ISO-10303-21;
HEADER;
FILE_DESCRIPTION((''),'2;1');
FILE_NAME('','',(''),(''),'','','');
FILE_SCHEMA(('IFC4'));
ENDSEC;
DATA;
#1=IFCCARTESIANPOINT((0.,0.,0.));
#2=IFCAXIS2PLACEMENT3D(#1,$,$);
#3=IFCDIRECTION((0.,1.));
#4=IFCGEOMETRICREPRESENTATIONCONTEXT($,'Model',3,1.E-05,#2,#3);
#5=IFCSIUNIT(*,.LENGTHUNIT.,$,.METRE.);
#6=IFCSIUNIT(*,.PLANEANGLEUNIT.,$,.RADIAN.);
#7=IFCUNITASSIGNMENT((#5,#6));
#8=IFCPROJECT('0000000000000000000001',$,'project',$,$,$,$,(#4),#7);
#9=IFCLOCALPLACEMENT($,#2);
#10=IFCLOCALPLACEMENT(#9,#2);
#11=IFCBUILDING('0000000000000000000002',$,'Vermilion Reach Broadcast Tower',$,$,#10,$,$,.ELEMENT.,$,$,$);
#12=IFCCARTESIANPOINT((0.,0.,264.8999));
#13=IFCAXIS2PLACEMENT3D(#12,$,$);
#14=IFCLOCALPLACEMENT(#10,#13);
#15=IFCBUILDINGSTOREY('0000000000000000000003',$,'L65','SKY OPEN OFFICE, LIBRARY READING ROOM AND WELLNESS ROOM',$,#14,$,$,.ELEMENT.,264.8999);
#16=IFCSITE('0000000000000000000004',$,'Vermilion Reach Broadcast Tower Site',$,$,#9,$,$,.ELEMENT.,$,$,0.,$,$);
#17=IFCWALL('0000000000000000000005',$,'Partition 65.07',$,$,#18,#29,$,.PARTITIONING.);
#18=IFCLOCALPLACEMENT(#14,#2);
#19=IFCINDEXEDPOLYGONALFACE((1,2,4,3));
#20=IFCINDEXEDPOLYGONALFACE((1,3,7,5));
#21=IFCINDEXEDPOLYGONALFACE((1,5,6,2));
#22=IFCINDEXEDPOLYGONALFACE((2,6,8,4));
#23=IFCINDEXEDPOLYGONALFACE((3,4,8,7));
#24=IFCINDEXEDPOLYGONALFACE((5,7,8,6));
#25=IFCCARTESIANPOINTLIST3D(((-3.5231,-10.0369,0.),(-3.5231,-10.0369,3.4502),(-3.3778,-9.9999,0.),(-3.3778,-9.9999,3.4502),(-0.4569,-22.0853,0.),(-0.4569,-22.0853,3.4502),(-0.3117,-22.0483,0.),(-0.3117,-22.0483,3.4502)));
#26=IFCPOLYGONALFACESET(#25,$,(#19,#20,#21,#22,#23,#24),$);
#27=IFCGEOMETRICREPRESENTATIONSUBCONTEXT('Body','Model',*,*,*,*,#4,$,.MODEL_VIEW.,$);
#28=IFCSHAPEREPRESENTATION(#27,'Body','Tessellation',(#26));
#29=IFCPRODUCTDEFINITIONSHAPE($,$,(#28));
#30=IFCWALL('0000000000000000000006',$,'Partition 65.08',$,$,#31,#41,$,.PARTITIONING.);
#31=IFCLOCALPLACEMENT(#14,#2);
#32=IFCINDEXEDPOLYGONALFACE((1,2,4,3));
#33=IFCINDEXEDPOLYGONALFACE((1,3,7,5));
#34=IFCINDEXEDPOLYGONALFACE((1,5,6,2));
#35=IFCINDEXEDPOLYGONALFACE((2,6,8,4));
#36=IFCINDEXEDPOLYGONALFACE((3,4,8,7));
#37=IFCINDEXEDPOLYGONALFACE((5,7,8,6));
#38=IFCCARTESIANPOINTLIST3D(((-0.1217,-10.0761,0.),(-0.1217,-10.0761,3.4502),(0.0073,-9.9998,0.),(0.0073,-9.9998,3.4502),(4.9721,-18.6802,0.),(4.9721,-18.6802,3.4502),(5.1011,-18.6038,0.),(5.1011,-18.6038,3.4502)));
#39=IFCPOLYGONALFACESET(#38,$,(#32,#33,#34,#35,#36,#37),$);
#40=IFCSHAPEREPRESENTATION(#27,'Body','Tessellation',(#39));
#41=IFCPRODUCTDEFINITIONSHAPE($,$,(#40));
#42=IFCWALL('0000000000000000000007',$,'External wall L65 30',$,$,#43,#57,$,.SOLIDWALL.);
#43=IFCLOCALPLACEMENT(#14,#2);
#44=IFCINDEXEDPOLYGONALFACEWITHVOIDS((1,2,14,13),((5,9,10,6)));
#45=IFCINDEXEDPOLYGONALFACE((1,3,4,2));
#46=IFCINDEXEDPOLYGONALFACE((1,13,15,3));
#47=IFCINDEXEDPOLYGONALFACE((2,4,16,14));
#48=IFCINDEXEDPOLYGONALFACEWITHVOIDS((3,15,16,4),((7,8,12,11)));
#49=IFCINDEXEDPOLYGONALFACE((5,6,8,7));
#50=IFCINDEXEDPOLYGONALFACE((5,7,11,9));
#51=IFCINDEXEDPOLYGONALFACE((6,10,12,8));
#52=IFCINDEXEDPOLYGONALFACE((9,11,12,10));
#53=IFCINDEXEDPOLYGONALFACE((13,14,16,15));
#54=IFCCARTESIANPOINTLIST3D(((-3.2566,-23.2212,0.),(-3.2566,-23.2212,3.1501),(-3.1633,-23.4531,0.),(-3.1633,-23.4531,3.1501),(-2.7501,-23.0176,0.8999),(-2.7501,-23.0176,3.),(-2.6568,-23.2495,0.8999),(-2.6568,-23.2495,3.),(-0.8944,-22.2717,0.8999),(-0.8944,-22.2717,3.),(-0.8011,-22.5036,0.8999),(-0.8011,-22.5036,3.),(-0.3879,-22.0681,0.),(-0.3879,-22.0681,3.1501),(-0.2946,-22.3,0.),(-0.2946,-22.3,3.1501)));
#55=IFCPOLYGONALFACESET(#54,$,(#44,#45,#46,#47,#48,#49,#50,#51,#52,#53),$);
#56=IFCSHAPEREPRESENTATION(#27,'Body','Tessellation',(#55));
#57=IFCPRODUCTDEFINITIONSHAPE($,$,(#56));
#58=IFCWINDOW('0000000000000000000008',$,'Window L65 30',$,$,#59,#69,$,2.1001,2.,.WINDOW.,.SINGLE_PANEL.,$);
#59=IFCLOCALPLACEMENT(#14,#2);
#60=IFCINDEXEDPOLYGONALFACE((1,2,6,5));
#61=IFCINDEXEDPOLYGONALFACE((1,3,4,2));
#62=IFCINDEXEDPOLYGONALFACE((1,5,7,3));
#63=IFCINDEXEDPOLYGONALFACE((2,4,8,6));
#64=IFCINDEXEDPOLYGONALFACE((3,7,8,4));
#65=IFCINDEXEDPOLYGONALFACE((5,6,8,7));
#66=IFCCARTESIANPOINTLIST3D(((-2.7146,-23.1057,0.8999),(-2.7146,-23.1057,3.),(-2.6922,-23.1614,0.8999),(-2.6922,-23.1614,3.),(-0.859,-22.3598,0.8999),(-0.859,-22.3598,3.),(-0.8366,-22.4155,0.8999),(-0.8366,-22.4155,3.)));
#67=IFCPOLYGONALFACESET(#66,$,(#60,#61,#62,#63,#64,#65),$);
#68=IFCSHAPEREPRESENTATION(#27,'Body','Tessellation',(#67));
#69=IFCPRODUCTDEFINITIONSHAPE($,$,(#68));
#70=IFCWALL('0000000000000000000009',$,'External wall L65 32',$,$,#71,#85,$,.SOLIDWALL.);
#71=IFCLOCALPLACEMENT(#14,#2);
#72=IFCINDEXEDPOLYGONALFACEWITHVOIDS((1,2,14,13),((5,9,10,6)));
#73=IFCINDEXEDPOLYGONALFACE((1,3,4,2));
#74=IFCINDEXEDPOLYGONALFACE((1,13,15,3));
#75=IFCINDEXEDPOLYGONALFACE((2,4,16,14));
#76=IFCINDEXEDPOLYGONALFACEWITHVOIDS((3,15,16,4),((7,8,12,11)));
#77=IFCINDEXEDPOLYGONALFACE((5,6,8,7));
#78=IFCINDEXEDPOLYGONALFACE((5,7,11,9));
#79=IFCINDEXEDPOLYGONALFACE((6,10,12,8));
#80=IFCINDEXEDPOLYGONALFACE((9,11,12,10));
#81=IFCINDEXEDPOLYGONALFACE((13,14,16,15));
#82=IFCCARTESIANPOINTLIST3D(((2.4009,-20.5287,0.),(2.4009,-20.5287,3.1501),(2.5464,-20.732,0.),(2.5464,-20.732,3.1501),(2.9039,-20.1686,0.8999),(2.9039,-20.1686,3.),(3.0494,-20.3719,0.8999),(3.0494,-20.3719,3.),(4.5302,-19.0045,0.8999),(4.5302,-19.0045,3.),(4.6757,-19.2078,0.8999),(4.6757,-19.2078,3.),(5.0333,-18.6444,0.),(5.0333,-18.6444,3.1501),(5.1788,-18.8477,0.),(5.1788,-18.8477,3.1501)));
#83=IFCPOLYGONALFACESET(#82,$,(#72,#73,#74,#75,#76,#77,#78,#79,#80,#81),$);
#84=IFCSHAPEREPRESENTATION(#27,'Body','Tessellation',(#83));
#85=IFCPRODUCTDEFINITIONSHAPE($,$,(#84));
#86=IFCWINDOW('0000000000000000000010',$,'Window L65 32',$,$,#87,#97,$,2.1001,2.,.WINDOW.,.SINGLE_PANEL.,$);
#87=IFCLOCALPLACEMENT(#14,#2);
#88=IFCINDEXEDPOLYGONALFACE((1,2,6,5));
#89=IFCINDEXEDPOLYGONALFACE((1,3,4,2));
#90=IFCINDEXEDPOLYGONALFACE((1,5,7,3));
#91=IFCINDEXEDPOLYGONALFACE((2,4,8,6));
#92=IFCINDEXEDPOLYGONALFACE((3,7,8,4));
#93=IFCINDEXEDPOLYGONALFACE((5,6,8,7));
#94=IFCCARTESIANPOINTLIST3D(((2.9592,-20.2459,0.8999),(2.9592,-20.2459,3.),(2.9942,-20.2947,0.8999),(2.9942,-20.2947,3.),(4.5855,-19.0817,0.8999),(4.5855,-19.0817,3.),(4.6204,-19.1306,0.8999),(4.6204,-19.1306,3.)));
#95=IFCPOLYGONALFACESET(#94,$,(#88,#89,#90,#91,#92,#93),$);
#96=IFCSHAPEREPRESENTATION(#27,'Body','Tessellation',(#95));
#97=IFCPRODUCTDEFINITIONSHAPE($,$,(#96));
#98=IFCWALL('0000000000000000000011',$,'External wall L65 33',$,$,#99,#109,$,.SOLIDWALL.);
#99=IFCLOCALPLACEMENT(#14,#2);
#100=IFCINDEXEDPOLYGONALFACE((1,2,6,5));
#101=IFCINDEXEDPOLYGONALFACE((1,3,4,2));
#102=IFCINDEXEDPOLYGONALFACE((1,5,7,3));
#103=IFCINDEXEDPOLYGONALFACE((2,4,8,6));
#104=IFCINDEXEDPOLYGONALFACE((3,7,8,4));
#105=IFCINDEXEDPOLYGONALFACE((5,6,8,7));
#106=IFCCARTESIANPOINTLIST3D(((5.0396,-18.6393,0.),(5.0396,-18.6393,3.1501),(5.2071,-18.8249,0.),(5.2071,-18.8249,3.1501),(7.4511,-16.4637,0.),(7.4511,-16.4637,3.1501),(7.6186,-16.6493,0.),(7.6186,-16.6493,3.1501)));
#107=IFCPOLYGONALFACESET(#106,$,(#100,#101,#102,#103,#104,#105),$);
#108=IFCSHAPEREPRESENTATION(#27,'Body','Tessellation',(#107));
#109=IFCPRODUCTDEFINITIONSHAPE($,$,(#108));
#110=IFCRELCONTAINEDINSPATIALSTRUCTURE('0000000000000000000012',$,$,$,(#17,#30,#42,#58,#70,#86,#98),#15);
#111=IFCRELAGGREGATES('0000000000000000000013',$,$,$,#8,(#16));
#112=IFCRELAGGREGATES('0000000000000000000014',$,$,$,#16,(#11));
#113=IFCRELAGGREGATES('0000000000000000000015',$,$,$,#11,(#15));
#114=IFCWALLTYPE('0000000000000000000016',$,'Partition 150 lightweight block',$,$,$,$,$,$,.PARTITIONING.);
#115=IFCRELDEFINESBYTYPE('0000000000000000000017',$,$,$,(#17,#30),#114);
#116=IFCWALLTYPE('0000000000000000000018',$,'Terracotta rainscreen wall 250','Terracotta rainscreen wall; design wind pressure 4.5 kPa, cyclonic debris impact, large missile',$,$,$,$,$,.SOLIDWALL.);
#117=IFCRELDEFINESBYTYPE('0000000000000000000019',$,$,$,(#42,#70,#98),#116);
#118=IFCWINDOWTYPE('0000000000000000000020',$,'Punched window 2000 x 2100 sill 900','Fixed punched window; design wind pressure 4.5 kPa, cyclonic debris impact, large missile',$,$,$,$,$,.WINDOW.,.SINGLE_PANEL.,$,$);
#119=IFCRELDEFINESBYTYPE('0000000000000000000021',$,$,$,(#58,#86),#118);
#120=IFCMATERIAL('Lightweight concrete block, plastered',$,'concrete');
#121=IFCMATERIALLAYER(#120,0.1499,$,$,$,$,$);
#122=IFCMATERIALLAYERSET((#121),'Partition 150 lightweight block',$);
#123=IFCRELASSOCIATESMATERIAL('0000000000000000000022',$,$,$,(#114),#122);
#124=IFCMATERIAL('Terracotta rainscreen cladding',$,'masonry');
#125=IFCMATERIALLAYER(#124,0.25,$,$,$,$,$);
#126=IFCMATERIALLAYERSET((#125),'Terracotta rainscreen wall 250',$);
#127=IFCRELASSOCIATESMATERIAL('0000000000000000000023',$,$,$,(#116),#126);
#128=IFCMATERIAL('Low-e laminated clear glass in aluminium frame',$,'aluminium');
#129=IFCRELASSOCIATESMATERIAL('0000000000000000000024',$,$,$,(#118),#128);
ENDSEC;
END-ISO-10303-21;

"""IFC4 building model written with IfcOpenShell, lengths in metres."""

from ifc_helpers import new_model, si_unit, direction, frame, frame_2d, origin, place, context, subcontext, project, spatial, rectangle, extrude, material, layer, layer_set, type_object, element, fill, save


model = new_model("IFC4")

# Units and contexts
model_context = context("Model", 3, precision=1e-05, world=origin(), true_north=direction((0.0, 1.0)))
body_context = subcontext(model_context, "Body", "Model", "MODEL_VIEW")
ifc_project = project(units=[si_unit("LENGTHUNIT", "METRE"), si_unit("PLANEANGLEUNIT", "RADIAN")], contexts=[model_context])

# Site, building, storey
site_placement = place(None, origin())
site = spatial("IfcSite", under=ifc_project, at=site_placement, Name="Vermilion Reach Broadcast Tower Site", CompositionType="ELEMENT", RefElevation=0.0)
building_placement = place(site_placement, origin())
building = spatial("IfcBuilding", under=site, at=building_placement, Name="Vermilion Reach Broadcast Tower", CompositionType="ELEMENT")
storey_placement = place(building_placement, frame((0.0, 0.0, 264.8999)))
storey = spatial("IfcBuildingStorey", under=building, at=storey_placement, Name="L65", Description="SKY OPEN OFFICE, LIBRARY READING ROOM AND WELLNESS ROOM", CompositionType="ELEMENT", Elevation=264.8999)

# Walls
ifc_material_1 = material(Name="Lightweight concrete block, plastered", Category="concrete")
ifc_layer_1 = layer(ifc_material_1, 0.1499)
ifc_layer_set_1 = layer_set([ifc_layer_1], Name="Partition 150 lightweight block")
wall_type_1 = type_object("IfcWallType", Name="Partition 150 lightweight block", PredefinedType="PARTITIONING", material=ifc_layer_set_1)
wall_1_placement = place(storey_placement, frame((-0.3843, -22.0669, 0.0), z_axis=(0.0, 0.0, 1.0), x_axis=(-0.246627, 0.96911, 0.0)))
element("IfcWall", 1, at=wall_1_placement, inside=storey, type_object=wall_type_1, Name="Partition 65.07", PredefinedType="PARTITIONING", context=body_context, shape_type="SweptSolid", body=[
    extrude(rectangle(XDim=12.4324, YDim=0.1499, at=frame_2d((6.2163, 0.0))), origin(), (0.0, 0.0, 1.0), 3.4502),
])
wall_2_placement = place(storey_placement, frame((5.0366, -18.6421, 0.0), z_axis=(0.0, 0.0, 1.0), x_axis=(-0.509438, 0.860507, 0.0)))
element("IfcWall", 2, at=wall_2_placement, inside=storey, type_object=wall_type_1, Name="Partition 65.08", PredefinedType="PARTITIONING", context=body_context, shape_type="SweptSolid", body=[
    extrude(rectangle(XDim=9.9988, YDim=0.1499, at=frame_2d((4.9995, 0.0))), origin(), (0.0, 0.0, 1.0), 3.4502),
])

# Wall, opening, window
ifc_material_2 = material(Name="Terracotta rainscreen cladding", Category="masonry")
ifc_layer_2 = layer(ifc_material_2, 0.25)
ifc_layer_set_2 = layer_set([ifc_layer_2], Name="Terracotta rainscreen wall 250")
wall_type_2 = type_object("IfcWallType", Name="Terracotta rainscreen wall 250", Description="Terracotta rainscreen wall; design wind pressure 4.5 kPa, cyclonic debris impact, large missile", PredefinedType="SOLIDWALL", material=ifc_layer_set_2)
wall_3_placement = place(storey_placement, frame((-3.21, -23.3372, 0.0), z_axis=(0.0, 0.0, 1.0), x_axis=(0.927849, 0.372956, 0.0)))
wall_3 = element("IfcWall", 3, at=wall_3_placement, inside=storey, type_object=wall_type_2, Name="External wall L65 30", PredefinedType="SOLIDWALL", context=body_context, shape_type="SweptSolid", body=[
    extrude(rectangle(XDim=3.0918, YDim=0.25, at=frame_2d((1.5459, 0.0))), origin(), (0.0, 0.0, 1.0), 3.1501),
])
opening_1_placement = place(wall_3_placement, frame((0.5459, 0.0, 0.8999)))
opening_1 = element("IfcOpeningElement", 4, at=opening_1_placement, cuts=wall_3, PredefinedType="OPENING", context=body_context, shape_type="SweptSolid", body=[
    extrude(rectangle(XDim=2.0, YDim=2.1001, at=frame_2d((1.0, 1.05))), frame((0.0, 0.135, 0.0), z_axis=(0.0, -1.0, 0.0), x_axis=(1.0, 0.0, 0.0)), (0.0, 0.0, 1.0), 0.27),
])
ifc_material_3 = material(Name="Low-e laminated clear glass in aluminium frame", Category="aluminium")
window_type = type_object("IfcWindowType", Name="Punched window 2000 x 2100 sill 900", Description="Fixed punched window; design wind pressure 4.5 kPa, cyclonic debris impact, large missile", PartitioningType="SINGLE_PANEL", PredefinedType="WINDOW", material=ifc_material_3)
window_1_placement = place(opening_1_placement, origin())
window_1 = element("IfcWindow", 5, at=window_1_placement, inside=storey, type_object=window_type, Name="Window L65 30", OverallHeight=2.1001, OverallWidth=2.0, PartitioningType="SINGLE_PANEL", PredefinedType="WINDOW", context=body_context, shape_type="SweptSolid", body=[
    extrude(rectangle(XDim=2.0, YDim=2.1001, at=frame_2d((1.0, 1.05))), frame((0.0, 0.03, 0.0), z_axis=(0.0, -1.0, 0.0), x_axis=(1.0, 0.0, 0.0)), (0.0, 0.0, 1.0), 0.0601),
])
fill(opening_1, window_1)

# Wall, opening, window
wall_4_placement = place(storey_placement, frame((2.4736, -20.6304, 0.0), z_axis=(0.0, 0.0, 1.0), x_axis=(0.813142, 0.582065, 0.0)))
wall_4 = element("IfcWall", 6, at=wall_4_placement, inside=storey, type_object=wall_type_2, Name="External wall L65 32", PredefinedType="SOLIDWALL", context=body_context, shape_type="SweptSolid", body=[
    extrude(rectangle(XDim=3.2373, YDim=0.25, at=frame_2d((1.6187, 0.0))), origin(), (0.0, 0.0, 1.0), 3.1501),
])
opening_2_placement = place(wall_4_placement, frame((0.6187, 0.0, 0.8999)))
opening_2 = element("IfcOpeningElement", 7, at=opening_2_placement, cuts=wall_4, PredefinedType="OPENING", context=body_context, shape_type="SweptSolid", body=[
    extrude(rectangle(XDim=2.0, YDim=2.1001, at=frame_2d((1.0, 1.05))), frame((0.0, 0.135, 0.0), z_axis=(0.0, -1.0, 0.0), x_axis=(1.0, 0.0, 0.0)), (0.0, 0.0, 1.0), 0.27),
])
window_2_placement = place(opening_2_placement, origin())
window_2 = element("IfcWindow", 8, at=window_2_placement, inside=storey, type_object=window_type, Name="Window L65 32", OverallHeight=2.1001, OverallWidth=2.0, PartitioningType="SINGLE_PANEL", PredefinedType="WINDOW", context=body_context, shape_type="SweptSolid", body=[
    extrude(rectangle(XDim=2.0, YDim=2.1001, at=frame_2d((1.0, 1.05))), frame((0.0, 0.03, 0.0), z_axis=(0.0, -1.0, 0.0), x_axis=(1.0, 0.0, 0.0)), (0.0, 0.0, 1.0), 0.0601),
])
fill(opening_2, window_2)

# Wall
wall_5_placement = place(storey_placement, frame((5.1233, -18.7322, 0.0), z_axis=(0.0, 0.0, 1.0), x_axis=(0.742482, 0.669865, 0.0)))
element("IfcWall", 9, at=wall_5_placement, inside=storey, type_object=wall_type_2, Name="External wall L65 33", PredefinedType="SOLIDWALL", context=body_context, shape_type="SweptSolid", body=[
    extrude(rectangle(XDim=3.2478, YDim=0.25, at=frame_2d((1.624, 0.0))), origin(), (0.0, 0.0, 1.0), 3.1501),
])

save(model, "model.ifc")
